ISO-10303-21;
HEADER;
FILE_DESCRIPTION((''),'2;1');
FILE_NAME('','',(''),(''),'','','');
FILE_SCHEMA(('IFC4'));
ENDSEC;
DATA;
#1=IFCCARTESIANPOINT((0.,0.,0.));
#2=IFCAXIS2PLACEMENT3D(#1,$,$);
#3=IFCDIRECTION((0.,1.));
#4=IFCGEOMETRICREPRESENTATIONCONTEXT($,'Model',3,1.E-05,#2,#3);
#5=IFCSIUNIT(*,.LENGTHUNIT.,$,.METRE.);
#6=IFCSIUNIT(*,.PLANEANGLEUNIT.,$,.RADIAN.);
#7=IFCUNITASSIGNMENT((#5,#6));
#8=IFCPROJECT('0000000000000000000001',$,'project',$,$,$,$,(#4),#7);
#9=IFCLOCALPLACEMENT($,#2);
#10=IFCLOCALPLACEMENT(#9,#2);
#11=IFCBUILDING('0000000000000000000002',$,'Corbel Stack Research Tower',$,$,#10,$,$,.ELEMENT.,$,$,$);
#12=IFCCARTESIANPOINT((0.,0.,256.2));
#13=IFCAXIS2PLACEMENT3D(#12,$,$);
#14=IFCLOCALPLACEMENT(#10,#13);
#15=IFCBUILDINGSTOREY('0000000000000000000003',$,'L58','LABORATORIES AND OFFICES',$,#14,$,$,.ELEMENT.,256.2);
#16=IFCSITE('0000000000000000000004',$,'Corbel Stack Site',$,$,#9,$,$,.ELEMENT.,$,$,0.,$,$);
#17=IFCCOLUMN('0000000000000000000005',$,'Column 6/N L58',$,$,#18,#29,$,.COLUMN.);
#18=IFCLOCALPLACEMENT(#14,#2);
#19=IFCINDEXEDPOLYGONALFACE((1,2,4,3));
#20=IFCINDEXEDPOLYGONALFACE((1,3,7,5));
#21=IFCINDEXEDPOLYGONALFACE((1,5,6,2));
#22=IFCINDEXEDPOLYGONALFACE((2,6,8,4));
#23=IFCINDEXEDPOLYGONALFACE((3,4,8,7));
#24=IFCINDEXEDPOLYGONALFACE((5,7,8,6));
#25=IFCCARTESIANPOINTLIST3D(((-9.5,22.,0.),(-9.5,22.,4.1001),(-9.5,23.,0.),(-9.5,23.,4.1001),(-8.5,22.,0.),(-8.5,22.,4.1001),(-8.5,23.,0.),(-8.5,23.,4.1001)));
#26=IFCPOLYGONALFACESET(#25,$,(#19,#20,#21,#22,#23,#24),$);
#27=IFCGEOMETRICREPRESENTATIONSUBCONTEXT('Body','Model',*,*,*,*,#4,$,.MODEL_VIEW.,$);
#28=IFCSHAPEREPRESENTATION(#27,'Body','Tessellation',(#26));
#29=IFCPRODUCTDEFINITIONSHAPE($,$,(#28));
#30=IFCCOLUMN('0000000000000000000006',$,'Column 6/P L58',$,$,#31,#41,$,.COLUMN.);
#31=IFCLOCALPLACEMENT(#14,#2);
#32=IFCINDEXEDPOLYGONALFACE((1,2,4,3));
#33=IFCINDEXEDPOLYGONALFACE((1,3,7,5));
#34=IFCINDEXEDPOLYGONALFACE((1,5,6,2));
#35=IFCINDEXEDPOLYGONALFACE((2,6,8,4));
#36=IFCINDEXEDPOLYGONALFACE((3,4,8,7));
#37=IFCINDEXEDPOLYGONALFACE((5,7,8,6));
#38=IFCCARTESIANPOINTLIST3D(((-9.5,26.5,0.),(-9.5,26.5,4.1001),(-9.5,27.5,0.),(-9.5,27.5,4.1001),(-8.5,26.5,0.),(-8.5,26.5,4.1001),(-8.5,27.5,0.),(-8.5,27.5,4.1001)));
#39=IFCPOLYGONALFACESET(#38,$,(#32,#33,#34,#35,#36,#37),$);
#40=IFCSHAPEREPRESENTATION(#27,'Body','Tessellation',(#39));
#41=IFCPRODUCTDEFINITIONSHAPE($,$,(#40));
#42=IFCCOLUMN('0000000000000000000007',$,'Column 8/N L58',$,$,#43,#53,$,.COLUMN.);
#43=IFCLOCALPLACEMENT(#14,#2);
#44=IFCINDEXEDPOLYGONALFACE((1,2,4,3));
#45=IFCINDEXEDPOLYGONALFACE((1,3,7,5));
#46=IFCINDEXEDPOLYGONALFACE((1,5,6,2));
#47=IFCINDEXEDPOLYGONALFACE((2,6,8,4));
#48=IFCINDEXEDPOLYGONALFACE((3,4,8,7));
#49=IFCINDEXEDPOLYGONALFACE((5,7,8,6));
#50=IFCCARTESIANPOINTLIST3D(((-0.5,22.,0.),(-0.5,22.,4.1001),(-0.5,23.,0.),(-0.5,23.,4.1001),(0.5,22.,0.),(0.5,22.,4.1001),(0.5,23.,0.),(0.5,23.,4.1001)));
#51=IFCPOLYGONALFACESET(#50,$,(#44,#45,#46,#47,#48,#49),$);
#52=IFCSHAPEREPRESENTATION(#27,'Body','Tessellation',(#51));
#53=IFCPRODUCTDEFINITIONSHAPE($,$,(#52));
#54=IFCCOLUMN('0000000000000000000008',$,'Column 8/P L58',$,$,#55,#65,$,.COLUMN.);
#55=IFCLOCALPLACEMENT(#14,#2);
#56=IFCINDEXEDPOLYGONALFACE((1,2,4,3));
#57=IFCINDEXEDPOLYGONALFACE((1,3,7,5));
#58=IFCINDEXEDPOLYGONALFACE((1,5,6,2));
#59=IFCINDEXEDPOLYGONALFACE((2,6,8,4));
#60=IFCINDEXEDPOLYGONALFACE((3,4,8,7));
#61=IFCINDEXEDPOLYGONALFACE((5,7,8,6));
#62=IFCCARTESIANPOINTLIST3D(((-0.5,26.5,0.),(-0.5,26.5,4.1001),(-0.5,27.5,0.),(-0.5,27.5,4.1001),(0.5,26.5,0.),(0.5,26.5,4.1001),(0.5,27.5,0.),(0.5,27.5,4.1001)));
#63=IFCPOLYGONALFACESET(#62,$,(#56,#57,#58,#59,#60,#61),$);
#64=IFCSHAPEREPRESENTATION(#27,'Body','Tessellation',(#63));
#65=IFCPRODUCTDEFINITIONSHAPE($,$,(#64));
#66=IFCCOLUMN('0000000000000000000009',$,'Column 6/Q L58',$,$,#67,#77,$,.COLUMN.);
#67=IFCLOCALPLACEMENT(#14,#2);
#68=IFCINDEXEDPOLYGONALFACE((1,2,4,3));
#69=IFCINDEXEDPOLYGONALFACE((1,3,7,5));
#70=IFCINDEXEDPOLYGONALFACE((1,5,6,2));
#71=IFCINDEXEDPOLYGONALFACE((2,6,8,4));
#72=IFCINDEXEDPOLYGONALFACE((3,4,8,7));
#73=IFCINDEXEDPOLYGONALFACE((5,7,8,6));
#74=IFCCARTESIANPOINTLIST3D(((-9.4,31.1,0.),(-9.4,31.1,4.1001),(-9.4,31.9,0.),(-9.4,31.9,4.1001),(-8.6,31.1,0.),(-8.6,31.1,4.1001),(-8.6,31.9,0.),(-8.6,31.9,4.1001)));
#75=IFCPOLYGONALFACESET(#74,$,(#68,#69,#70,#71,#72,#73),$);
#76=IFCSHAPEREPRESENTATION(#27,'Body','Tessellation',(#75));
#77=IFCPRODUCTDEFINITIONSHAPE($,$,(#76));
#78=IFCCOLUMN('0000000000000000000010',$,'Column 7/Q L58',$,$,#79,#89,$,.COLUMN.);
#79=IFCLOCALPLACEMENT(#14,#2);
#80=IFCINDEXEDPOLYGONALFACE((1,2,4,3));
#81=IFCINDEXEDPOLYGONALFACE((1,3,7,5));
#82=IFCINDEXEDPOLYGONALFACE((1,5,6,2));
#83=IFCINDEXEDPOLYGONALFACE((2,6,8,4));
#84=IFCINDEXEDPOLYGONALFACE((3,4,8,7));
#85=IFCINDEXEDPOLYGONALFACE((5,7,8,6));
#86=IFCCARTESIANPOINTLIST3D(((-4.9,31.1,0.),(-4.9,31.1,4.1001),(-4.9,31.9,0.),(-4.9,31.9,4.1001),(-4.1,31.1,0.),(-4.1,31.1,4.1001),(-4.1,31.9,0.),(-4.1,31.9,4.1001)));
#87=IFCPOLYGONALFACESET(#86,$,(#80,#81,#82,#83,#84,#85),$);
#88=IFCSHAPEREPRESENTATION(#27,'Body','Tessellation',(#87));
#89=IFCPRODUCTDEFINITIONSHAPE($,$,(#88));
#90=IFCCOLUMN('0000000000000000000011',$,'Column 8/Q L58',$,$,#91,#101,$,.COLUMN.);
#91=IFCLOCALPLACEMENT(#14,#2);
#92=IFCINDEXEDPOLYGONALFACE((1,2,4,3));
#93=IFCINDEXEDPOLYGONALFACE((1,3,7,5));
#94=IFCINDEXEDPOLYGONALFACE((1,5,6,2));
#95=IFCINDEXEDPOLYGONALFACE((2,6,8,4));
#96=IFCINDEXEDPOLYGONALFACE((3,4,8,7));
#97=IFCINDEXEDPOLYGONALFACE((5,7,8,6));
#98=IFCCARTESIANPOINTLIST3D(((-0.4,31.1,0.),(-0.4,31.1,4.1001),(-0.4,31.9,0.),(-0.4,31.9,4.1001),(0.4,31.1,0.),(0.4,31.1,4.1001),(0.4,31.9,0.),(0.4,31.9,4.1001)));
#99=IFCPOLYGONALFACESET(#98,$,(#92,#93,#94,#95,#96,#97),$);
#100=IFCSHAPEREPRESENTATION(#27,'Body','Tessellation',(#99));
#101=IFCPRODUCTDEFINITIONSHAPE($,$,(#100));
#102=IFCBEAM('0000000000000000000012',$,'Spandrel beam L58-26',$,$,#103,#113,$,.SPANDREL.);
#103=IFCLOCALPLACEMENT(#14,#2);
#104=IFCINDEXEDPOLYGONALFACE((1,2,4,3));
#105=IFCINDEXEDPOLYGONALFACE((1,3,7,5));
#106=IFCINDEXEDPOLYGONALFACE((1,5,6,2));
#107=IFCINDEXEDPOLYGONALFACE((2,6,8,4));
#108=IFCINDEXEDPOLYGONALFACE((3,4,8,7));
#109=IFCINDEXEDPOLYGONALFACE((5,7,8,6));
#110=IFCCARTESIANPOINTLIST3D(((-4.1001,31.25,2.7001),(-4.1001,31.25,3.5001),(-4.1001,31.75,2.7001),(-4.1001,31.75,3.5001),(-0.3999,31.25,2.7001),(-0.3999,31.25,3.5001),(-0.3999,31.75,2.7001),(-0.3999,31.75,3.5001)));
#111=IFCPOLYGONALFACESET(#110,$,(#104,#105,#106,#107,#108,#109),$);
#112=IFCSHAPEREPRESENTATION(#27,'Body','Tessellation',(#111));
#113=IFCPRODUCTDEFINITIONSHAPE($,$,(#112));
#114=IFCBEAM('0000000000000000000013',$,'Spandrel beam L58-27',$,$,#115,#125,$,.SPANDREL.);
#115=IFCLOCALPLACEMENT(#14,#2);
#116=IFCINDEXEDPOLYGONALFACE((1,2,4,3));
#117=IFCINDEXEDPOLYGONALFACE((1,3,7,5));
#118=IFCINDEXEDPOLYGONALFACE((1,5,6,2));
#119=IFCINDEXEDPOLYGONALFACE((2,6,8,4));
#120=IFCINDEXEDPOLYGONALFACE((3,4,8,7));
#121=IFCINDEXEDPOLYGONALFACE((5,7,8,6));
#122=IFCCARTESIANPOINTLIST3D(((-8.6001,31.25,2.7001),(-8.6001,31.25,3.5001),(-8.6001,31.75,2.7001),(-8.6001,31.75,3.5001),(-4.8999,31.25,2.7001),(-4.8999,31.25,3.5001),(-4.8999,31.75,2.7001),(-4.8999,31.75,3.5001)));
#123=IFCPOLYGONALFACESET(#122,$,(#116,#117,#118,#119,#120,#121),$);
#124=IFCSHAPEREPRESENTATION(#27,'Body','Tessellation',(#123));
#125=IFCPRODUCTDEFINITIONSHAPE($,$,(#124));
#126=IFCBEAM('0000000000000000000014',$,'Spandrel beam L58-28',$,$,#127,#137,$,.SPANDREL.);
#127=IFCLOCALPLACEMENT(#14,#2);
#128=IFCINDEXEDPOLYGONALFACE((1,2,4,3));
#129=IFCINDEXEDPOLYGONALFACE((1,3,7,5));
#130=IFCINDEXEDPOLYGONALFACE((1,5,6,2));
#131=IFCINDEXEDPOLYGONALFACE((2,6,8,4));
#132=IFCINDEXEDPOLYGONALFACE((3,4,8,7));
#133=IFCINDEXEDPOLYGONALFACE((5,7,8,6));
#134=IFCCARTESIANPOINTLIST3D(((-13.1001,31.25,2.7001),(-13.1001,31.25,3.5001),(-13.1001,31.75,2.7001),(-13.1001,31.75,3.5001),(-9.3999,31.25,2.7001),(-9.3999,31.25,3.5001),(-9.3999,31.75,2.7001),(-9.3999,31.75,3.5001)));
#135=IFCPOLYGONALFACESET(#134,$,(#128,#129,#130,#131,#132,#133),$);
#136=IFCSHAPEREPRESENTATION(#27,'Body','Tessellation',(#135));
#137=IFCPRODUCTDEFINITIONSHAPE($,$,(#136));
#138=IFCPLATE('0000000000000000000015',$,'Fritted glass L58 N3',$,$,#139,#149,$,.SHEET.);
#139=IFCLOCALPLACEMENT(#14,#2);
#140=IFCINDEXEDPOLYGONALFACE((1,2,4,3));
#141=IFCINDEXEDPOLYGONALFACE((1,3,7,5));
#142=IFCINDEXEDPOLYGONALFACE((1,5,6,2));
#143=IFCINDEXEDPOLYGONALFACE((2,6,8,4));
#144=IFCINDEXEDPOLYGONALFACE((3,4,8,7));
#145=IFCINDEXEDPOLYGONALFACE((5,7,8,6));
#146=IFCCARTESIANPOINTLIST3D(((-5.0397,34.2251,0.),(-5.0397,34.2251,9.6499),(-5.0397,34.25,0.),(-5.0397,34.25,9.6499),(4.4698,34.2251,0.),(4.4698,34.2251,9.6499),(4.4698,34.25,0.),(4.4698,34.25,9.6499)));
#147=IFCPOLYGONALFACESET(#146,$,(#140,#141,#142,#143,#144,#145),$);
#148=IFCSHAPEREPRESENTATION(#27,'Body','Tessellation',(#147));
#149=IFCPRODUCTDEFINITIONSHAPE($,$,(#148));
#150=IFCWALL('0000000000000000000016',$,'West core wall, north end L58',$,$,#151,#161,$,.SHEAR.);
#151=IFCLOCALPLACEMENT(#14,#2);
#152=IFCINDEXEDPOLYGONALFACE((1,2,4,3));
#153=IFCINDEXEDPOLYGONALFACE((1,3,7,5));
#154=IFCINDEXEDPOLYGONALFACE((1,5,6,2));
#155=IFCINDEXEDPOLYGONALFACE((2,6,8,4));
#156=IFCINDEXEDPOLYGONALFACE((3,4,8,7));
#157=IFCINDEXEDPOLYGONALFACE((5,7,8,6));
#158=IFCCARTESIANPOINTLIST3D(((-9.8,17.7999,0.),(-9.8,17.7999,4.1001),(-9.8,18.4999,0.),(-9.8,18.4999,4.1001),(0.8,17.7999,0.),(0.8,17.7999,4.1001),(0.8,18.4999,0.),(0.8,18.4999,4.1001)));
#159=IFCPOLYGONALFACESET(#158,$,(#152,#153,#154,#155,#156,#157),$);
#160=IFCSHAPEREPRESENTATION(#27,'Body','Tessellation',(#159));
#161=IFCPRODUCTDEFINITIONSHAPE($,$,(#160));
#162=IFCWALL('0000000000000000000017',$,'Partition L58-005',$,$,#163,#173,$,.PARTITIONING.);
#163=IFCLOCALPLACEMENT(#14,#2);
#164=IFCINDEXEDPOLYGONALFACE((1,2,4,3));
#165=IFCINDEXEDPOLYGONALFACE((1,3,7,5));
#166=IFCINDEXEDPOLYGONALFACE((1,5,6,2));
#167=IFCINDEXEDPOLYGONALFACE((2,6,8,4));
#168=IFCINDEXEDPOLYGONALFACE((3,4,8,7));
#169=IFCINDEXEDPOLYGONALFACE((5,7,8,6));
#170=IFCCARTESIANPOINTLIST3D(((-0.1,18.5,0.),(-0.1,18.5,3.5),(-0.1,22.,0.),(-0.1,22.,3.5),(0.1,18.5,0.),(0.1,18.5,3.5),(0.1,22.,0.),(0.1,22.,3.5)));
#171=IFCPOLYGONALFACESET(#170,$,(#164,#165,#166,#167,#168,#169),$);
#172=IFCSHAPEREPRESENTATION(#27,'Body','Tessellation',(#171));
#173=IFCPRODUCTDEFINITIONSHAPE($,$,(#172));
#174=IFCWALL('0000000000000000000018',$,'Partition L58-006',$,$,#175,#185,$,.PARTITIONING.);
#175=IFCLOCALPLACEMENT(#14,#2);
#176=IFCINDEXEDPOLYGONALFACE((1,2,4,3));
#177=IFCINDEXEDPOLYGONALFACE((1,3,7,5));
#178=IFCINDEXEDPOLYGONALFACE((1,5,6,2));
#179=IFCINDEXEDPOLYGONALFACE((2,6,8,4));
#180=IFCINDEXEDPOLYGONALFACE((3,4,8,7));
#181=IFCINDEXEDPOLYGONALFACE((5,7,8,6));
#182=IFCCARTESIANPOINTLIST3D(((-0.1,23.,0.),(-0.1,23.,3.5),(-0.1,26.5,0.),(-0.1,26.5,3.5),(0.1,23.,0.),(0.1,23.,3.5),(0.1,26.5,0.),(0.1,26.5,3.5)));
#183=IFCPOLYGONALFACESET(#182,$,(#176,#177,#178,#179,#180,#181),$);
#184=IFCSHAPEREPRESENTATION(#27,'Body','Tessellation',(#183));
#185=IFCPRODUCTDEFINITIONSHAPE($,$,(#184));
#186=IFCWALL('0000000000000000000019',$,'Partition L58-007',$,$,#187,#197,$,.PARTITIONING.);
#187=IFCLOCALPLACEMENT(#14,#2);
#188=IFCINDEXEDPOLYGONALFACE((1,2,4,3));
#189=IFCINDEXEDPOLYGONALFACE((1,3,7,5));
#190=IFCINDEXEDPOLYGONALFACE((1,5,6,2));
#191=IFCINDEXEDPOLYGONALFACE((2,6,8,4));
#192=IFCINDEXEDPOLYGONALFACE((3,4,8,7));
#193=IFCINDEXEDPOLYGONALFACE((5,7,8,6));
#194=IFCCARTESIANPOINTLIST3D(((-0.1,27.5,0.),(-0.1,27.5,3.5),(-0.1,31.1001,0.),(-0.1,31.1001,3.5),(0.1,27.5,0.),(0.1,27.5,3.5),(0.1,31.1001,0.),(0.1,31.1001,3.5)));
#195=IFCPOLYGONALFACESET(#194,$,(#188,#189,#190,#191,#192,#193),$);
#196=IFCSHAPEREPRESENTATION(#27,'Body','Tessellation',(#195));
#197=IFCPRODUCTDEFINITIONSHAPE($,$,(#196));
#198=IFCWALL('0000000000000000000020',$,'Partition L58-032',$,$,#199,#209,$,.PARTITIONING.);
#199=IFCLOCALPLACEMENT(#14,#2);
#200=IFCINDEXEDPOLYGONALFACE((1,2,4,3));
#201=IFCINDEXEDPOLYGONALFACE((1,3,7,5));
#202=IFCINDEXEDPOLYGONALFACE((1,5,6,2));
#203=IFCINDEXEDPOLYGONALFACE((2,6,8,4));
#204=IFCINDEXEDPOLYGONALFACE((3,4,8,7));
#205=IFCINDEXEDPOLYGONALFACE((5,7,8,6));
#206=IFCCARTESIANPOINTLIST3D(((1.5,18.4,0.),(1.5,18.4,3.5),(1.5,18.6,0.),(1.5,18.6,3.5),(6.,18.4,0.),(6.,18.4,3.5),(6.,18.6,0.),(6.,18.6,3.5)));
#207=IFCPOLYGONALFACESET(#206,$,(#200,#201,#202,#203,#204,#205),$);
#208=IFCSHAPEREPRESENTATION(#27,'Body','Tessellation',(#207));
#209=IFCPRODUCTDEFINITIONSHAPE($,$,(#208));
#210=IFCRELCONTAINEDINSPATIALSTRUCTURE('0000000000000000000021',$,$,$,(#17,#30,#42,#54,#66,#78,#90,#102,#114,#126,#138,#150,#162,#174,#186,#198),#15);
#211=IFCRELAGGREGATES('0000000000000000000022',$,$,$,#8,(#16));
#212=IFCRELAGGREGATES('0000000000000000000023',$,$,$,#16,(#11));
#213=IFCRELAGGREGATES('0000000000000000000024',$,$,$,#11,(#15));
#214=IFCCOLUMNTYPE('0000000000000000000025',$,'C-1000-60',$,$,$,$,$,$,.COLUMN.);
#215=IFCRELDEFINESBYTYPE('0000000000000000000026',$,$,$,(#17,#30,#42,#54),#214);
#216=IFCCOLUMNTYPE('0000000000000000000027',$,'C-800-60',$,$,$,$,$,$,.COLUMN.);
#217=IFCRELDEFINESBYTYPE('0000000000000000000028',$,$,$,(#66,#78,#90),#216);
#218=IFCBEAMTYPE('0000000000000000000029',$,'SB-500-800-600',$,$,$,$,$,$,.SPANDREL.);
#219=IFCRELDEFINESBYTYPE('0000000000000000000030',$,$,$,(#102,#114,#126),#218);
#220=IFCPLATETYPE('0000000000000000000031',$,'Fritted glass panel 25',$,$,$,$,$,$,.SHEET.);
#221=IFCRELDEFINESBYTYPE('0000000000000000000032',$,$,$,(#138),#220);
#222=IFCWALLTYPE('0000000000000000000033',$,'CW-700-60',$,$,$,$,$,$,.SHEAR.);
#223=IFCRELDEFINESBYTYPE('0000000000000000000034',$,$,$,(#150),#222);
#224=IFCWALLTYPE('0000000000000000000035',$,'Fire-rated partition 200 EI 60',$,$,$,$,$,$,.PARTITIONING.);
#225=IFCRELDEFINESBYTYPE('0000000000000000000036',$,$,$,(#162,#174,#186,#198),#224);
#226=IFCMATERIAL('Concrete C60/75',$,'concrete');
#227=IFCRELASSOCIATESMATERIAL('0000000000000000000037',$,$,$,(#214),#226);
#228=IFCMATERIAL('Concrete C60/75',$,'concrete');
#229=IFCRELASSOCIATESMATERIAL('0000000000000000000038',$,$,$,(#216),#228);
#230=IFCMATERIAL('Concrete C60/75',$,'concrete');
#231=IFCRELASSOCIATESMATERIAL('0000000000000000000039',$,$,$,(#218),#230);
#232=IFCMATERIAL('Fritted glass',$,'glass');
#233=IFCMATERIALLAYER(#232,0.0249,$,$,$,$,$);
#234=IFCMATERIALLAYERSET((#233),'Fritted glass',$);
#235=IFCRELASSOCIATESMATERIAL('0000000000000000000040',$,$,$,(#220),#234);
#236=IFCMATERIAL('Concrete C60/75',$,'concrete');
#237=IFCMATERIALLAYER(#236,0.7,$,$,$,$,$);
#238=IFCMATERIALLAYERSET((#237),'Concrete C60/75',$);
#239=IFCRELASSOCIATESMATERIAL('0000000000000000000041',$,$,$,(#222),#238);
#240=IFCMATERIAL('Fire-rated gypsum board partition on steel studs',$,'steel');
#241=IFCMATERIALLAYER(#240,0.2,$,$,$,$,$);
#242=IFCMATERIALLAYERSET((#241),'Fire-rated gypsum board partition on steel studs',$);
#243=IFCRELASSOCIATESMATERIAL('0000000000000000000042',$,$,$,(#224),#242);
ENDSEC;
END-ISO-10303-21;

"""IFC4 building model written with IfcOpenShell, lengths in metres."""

from ifc_helpers import new_model, si_unit, direction, frame, frame_2d, origin, origin_2d, place, context, subcontext, project, spatial, rectangle, extrude, material, layer, layer_set, material_profile, profile_set, type_object, element, save


model = new_model("IFC4")

# Units and contexts
model_context = context("Model", 3, precision=1e-05, world=origin(), true_north=direction((0.0, 1.0)))
body_context = subcontext(model_context, "Body", "Model", "MODEL_VIEW")
ifc_project = project(units=[si_unit("LENGTHUNIT", "METRE"), si_unit("PLANEANGLEUNIT", "RADIAN")], contexts=[model_context])

# Site, building, storey
site_placement = place(None, origin())
site = spatial("IfcSite", under=ifc_project, at=site_placement, Name="Corbel Stack Site", CompositionType="ELEMENT", RefElevation=0.0)
building_placement = place(site_placement, origin())
building = spatial("IfcBuilding", under=site, at=building_placement, Name="Corbel Stack Research Tower", CompositionType="ELEMENT")
storey_placement = place(building_placement, frame((0.0, 0.0, 256.2)))
storey = spatial("IfcBuildingStorey", under=building, at=storey_placement, Name="L58", Description="LABORATORIES AND OFFICES", CompositionType="ELEMENT", Elevation=256.2)

# Columns
ifc_material_1 = material(Name="Concrete C60/75", Category="concrete")
ifc_material_profile_1 = material_profile(ifc_material_1, rectangle(XDim=1.0, YDim=1.0, at=origin_2d()), Name="RC 1000 x 1000")
ifc_profile_set_1 = profile_set([ifc_material_profile_1], Name="Concrete C60/75")
column_type_1 = type_object("IfcColumnType", Name="C-1000-60", PredefinedType="COLUMN", material=ifc_profile_set_1)
for number, where, z_axis, x_axis, name in (
    (1, (-9.0, 22.5, 0.0), (0.0, 0.0, 1.0), (1.0, 0.0, 0.0), "Column 6/N L58"),
    (2, (-9.0, 27.0, 0.0), (0.0, 0.0, 1.0), (1.0, 0.0, 0.0), "Column 6/P L58"),
    (3, (0.0, 22.5, 0.0), (0.0, 0.0, 1.0), (1.0, 0.0, 0.0), "Column 8/N L58"),
    (4, (0.0, 27.0, 0.0), (0.0, 0.0, 1.0), (1.0, 0.0, 0.0), "Column 8/P L58"),
):
    element("IfcColumn", number, at=place(storey_placement, frame(where, z_axis=z_axis, x_axis=x_axis)), inside=storey, type_object=column_type_1, Name=name, PredefinedType="COLUMN", context=body_context, shape_type="SweptSolid", body=[
        extrude(rectangle(XDim=1.0, YDim=1.0, at=origin_2d()), origin(), (0.0, 0.0, 1.0), 4.1001),
    ])
ifc_material_2 = material(Name="Concrete C60/75", Category="concrete")
ifc_material_profile_2 = material_profile(ifc_material_2, rectangle(XDim=0.8, YDim=0.8, at=origin_2d()), Name="RC 800 x 800")
ifc_profile_set_2 = profile_set([ifc_material_profile_2], Name="Concrete C60/75")
column_type_2 = type_object("IfcColumnType", Name="C-800-60", PredefinedType="COLUMN", material=ifc_profile_set_2)
for number, where, z_axis, x_axis, name in (
    (5, (-9.0, 31.5, 0.0), (0.0, 0.0, 1.0), (1.0, 0.0, 0.0), "Column 6/Q L58"),
    (6, (-4.5, 31.5, 0.0), (0.0, 0.0, 1.0), (1.0, 0.0, 0.0), "Column 7/Q L58"),
    (7, (0.0, 31.5, 0.0), (0.0, 0.0, 1.0), (1.0, 0.0, 0.0), "Column 8/Q L58"),
):
    element("IfcColumn", number, at=place(storey_placement, frame(where, z_axis=z_axis, x_axis=x_axis)), inside=storey, type_object=column_type_2, Name=name, PredefinedType="COLUMN", context=body_context, shape_type="SweptSolid", body=[
        extrude(rectangle(XDim=0.8, YDim=0.8, at=origin_2d()), origin(), (0.0, 0.0, 1.0), 4.1001),
    ])

# Beams
ifc_material_3 = material(Name="Concrete C60/75", Category="concrete")
ifc_material_profile_3 = material_profile(ifc_material_3, rectangle(XDim=0.5, YDim=0.8, at=origin_2d()), Name="RC 500 x 800")
ifc_profile_set_3 = profile_set([ifc_material_profile_3], Name="Concrete C60/75")
beam_type = type_object("IfcBeamType", Name="SB-500-800-600", PredefinedType="SPANDREL", material=ifc_profile_set_3)
for number, where, z_axis, x_axis, name in (
    (8, (-0.3999, 31.5, 3.1001), (-1.0, 0.0, 0.0), (0.0, -1.0, 0.0), "Spandrel beam L58-26"),
    (9, (-4.8999, 31.5, 3.1001), (-1.0, 0.0, 0.0), (0.0, -1.0, 0.0), "Spandrel beam L58-27"),
    (10, (-9.3999, 31.5, 3.1001), (-1.0, 0.0, 0.0), (0.0, -1.0, 0.0), "Spandrel beam L58-28"),
):
    element("IfcBeam", number, at=place(storey_placement, frame(where, z_axis=z_axis, x_axis=x_axis)), inside=storey, type_object=beam_type, Name=name, PredefinedType="SPANDREL", context=body_context, shape_type="SweptSolid", body=[
        extrude(rectangle(XDim=0.5, YDim=0.8, at=origin_2d()), origin(), (0.0, 0.0, 1.0), 3.7002),
    ])

# Plate
ifc_material_4 = material(Name="Fritted glass", Category="glass")
ifc_layer_1 = layer(ifc_material_4, 0.0249)
ifc_layer_set_1 = layer_set([ifc_layer_1], Name="Fritted glass")
plate_type = type_object("IfcPlateType", Name="Fritted glass panel 25", PredefinedType="SHEET", material=ifc_layer_set_1)
plate_placement = place(storey_placement, frame((-0.2849, 34.2375, 0.0), z_axis=(0.0, 0.0, 1.0), x_axis=(-1.0, 0.0, 0.0)))
element("IfcPlate", 11, at=plate_placement, inside=storey, type_object=plate_type, Name="Fritted glass L58 N3", PredefinedType="SHEET", context=body_context, shape_type="SweptSolid", body=[
    extrude(rectangle(XDim=9.5095, YDim=0.0249, at=origin_2d()), origin(), (0.0, 0.0, 1.0), 9.6499),
])

# Walls
ifc_material_5 = material(Name="Concrete C60/75", Category="concrete")
ifc_layer_2 = layer(ifc_material_5, 0.7)
ifc_layer_set_2 = layer_set([ifc_layer_2], Name="Concrete C60/75")
wall_type_1 = type_object("IfcWallType", Name="CW-700-60", PredefinedType="SHEAR", material=ifc_layer_set_2)
wall_1_placement = place(storey_placement, frame((-9.8, 18.1499, 0.0), z_axis=(0.0, 0.0, 1.0), x_axis=(1.0, 0.0, 0.0)))
element("IfcWall", 12, at=wall_1_placement, inside=storey, type_object=wall_type_1, Name="West core wall, north end L58", PredefinedType="SHEAR", context=body_context, shape_type="SweptSolid", body=[
    extrude(rectangle(XDim=10.6001, YDim=0.7, at=frame_2d((5.3, 0.0))), origin(), (0.0, 0.0, 1.0), 4.1001),
])
ifc_material_6 = material(Name="Fire-rated gypsum board partition on steel studs", Category="steel")
ifc_layer_3 = layer(ifc_material_6, 0.2)
ifc_layer_set_3 = layer_set([ifc_layer_3], Name="Fire-rated gypsum board partition on steel studs")
wall_type_2 = type_object("IfcWallType", Name="Fire-rated partition 200 EI 60", PredefinedType="PARTITIONING", material=ifc_layer_set_3)
for number, where, z_axis, x_axis, name in (
    (13, (0.0, 18.5, 0.0), (0.0, 0.0, 1.0), (0.0, 1.0, 0.0), "Partition L58-005"),
    (14, (0.0, 23.0, 0.0), (0.0, 0.0, 1.0), (0.0, 1.0, 0.0), "Partition L58-006"),
):
    element("IfcWall", number, at=place(storey_placement, frame(where, z_axis=z_axis, x_axis=x_axis)), inside=storey, type_object=wall_type_2, Name=name, PredefinedType="PARTITIONING", context=body_context, shape_type="SweptSolid", body=[
        extrude(rectangle(XDim=3.5, YDim=0.2, at=frame_2d((1.75, 0.0))), origin(), (0.0, 0.0, 1.0), 3.5),
    ])
wall_2_placement = place(storey_placement, frame((0.0, 27.5, 0.0), z_axis=(0.0, 0.0, 1.0), x_axis=(0.0, 1.0, 0.0)))
element("IfcWall", 15, at=wall_2_placement, inside=storey, type_object=wall_type_2, Name="Partition L58-007", PredefinedType="PARTITIONING", context=body_context, shape_type="SweptSolid", body=[
    extrude(rectangle(XDim=3.6001, YDim=0.2, at=frame_2d((1.8, 0.0))), origin(), (0.0, 0.0, 1.0), 3.5),
])
wall_3_placement = place(storey_placement, frame((1.5, 18.5, 0.0), z_axis=(0.0, 0.0, 1.0), x_axis=(1.0, 0.0, 0.0)))
element("IfcWall", 16, at=wall_3_placement, inside=storey, type_object=wall_type_2, Name="Partition L58-032", PredefinedType="PARTITIONING", context=body_context, shape_type="SweptSolid", body=[
    extrude(rectangle(XDim=4.5, YDim=0.2, at=frame_2d((2.25, 0.0))), origin(), (0.0, 0.0, 1.0), 3.5),
])

save(model, "model.ifc")
